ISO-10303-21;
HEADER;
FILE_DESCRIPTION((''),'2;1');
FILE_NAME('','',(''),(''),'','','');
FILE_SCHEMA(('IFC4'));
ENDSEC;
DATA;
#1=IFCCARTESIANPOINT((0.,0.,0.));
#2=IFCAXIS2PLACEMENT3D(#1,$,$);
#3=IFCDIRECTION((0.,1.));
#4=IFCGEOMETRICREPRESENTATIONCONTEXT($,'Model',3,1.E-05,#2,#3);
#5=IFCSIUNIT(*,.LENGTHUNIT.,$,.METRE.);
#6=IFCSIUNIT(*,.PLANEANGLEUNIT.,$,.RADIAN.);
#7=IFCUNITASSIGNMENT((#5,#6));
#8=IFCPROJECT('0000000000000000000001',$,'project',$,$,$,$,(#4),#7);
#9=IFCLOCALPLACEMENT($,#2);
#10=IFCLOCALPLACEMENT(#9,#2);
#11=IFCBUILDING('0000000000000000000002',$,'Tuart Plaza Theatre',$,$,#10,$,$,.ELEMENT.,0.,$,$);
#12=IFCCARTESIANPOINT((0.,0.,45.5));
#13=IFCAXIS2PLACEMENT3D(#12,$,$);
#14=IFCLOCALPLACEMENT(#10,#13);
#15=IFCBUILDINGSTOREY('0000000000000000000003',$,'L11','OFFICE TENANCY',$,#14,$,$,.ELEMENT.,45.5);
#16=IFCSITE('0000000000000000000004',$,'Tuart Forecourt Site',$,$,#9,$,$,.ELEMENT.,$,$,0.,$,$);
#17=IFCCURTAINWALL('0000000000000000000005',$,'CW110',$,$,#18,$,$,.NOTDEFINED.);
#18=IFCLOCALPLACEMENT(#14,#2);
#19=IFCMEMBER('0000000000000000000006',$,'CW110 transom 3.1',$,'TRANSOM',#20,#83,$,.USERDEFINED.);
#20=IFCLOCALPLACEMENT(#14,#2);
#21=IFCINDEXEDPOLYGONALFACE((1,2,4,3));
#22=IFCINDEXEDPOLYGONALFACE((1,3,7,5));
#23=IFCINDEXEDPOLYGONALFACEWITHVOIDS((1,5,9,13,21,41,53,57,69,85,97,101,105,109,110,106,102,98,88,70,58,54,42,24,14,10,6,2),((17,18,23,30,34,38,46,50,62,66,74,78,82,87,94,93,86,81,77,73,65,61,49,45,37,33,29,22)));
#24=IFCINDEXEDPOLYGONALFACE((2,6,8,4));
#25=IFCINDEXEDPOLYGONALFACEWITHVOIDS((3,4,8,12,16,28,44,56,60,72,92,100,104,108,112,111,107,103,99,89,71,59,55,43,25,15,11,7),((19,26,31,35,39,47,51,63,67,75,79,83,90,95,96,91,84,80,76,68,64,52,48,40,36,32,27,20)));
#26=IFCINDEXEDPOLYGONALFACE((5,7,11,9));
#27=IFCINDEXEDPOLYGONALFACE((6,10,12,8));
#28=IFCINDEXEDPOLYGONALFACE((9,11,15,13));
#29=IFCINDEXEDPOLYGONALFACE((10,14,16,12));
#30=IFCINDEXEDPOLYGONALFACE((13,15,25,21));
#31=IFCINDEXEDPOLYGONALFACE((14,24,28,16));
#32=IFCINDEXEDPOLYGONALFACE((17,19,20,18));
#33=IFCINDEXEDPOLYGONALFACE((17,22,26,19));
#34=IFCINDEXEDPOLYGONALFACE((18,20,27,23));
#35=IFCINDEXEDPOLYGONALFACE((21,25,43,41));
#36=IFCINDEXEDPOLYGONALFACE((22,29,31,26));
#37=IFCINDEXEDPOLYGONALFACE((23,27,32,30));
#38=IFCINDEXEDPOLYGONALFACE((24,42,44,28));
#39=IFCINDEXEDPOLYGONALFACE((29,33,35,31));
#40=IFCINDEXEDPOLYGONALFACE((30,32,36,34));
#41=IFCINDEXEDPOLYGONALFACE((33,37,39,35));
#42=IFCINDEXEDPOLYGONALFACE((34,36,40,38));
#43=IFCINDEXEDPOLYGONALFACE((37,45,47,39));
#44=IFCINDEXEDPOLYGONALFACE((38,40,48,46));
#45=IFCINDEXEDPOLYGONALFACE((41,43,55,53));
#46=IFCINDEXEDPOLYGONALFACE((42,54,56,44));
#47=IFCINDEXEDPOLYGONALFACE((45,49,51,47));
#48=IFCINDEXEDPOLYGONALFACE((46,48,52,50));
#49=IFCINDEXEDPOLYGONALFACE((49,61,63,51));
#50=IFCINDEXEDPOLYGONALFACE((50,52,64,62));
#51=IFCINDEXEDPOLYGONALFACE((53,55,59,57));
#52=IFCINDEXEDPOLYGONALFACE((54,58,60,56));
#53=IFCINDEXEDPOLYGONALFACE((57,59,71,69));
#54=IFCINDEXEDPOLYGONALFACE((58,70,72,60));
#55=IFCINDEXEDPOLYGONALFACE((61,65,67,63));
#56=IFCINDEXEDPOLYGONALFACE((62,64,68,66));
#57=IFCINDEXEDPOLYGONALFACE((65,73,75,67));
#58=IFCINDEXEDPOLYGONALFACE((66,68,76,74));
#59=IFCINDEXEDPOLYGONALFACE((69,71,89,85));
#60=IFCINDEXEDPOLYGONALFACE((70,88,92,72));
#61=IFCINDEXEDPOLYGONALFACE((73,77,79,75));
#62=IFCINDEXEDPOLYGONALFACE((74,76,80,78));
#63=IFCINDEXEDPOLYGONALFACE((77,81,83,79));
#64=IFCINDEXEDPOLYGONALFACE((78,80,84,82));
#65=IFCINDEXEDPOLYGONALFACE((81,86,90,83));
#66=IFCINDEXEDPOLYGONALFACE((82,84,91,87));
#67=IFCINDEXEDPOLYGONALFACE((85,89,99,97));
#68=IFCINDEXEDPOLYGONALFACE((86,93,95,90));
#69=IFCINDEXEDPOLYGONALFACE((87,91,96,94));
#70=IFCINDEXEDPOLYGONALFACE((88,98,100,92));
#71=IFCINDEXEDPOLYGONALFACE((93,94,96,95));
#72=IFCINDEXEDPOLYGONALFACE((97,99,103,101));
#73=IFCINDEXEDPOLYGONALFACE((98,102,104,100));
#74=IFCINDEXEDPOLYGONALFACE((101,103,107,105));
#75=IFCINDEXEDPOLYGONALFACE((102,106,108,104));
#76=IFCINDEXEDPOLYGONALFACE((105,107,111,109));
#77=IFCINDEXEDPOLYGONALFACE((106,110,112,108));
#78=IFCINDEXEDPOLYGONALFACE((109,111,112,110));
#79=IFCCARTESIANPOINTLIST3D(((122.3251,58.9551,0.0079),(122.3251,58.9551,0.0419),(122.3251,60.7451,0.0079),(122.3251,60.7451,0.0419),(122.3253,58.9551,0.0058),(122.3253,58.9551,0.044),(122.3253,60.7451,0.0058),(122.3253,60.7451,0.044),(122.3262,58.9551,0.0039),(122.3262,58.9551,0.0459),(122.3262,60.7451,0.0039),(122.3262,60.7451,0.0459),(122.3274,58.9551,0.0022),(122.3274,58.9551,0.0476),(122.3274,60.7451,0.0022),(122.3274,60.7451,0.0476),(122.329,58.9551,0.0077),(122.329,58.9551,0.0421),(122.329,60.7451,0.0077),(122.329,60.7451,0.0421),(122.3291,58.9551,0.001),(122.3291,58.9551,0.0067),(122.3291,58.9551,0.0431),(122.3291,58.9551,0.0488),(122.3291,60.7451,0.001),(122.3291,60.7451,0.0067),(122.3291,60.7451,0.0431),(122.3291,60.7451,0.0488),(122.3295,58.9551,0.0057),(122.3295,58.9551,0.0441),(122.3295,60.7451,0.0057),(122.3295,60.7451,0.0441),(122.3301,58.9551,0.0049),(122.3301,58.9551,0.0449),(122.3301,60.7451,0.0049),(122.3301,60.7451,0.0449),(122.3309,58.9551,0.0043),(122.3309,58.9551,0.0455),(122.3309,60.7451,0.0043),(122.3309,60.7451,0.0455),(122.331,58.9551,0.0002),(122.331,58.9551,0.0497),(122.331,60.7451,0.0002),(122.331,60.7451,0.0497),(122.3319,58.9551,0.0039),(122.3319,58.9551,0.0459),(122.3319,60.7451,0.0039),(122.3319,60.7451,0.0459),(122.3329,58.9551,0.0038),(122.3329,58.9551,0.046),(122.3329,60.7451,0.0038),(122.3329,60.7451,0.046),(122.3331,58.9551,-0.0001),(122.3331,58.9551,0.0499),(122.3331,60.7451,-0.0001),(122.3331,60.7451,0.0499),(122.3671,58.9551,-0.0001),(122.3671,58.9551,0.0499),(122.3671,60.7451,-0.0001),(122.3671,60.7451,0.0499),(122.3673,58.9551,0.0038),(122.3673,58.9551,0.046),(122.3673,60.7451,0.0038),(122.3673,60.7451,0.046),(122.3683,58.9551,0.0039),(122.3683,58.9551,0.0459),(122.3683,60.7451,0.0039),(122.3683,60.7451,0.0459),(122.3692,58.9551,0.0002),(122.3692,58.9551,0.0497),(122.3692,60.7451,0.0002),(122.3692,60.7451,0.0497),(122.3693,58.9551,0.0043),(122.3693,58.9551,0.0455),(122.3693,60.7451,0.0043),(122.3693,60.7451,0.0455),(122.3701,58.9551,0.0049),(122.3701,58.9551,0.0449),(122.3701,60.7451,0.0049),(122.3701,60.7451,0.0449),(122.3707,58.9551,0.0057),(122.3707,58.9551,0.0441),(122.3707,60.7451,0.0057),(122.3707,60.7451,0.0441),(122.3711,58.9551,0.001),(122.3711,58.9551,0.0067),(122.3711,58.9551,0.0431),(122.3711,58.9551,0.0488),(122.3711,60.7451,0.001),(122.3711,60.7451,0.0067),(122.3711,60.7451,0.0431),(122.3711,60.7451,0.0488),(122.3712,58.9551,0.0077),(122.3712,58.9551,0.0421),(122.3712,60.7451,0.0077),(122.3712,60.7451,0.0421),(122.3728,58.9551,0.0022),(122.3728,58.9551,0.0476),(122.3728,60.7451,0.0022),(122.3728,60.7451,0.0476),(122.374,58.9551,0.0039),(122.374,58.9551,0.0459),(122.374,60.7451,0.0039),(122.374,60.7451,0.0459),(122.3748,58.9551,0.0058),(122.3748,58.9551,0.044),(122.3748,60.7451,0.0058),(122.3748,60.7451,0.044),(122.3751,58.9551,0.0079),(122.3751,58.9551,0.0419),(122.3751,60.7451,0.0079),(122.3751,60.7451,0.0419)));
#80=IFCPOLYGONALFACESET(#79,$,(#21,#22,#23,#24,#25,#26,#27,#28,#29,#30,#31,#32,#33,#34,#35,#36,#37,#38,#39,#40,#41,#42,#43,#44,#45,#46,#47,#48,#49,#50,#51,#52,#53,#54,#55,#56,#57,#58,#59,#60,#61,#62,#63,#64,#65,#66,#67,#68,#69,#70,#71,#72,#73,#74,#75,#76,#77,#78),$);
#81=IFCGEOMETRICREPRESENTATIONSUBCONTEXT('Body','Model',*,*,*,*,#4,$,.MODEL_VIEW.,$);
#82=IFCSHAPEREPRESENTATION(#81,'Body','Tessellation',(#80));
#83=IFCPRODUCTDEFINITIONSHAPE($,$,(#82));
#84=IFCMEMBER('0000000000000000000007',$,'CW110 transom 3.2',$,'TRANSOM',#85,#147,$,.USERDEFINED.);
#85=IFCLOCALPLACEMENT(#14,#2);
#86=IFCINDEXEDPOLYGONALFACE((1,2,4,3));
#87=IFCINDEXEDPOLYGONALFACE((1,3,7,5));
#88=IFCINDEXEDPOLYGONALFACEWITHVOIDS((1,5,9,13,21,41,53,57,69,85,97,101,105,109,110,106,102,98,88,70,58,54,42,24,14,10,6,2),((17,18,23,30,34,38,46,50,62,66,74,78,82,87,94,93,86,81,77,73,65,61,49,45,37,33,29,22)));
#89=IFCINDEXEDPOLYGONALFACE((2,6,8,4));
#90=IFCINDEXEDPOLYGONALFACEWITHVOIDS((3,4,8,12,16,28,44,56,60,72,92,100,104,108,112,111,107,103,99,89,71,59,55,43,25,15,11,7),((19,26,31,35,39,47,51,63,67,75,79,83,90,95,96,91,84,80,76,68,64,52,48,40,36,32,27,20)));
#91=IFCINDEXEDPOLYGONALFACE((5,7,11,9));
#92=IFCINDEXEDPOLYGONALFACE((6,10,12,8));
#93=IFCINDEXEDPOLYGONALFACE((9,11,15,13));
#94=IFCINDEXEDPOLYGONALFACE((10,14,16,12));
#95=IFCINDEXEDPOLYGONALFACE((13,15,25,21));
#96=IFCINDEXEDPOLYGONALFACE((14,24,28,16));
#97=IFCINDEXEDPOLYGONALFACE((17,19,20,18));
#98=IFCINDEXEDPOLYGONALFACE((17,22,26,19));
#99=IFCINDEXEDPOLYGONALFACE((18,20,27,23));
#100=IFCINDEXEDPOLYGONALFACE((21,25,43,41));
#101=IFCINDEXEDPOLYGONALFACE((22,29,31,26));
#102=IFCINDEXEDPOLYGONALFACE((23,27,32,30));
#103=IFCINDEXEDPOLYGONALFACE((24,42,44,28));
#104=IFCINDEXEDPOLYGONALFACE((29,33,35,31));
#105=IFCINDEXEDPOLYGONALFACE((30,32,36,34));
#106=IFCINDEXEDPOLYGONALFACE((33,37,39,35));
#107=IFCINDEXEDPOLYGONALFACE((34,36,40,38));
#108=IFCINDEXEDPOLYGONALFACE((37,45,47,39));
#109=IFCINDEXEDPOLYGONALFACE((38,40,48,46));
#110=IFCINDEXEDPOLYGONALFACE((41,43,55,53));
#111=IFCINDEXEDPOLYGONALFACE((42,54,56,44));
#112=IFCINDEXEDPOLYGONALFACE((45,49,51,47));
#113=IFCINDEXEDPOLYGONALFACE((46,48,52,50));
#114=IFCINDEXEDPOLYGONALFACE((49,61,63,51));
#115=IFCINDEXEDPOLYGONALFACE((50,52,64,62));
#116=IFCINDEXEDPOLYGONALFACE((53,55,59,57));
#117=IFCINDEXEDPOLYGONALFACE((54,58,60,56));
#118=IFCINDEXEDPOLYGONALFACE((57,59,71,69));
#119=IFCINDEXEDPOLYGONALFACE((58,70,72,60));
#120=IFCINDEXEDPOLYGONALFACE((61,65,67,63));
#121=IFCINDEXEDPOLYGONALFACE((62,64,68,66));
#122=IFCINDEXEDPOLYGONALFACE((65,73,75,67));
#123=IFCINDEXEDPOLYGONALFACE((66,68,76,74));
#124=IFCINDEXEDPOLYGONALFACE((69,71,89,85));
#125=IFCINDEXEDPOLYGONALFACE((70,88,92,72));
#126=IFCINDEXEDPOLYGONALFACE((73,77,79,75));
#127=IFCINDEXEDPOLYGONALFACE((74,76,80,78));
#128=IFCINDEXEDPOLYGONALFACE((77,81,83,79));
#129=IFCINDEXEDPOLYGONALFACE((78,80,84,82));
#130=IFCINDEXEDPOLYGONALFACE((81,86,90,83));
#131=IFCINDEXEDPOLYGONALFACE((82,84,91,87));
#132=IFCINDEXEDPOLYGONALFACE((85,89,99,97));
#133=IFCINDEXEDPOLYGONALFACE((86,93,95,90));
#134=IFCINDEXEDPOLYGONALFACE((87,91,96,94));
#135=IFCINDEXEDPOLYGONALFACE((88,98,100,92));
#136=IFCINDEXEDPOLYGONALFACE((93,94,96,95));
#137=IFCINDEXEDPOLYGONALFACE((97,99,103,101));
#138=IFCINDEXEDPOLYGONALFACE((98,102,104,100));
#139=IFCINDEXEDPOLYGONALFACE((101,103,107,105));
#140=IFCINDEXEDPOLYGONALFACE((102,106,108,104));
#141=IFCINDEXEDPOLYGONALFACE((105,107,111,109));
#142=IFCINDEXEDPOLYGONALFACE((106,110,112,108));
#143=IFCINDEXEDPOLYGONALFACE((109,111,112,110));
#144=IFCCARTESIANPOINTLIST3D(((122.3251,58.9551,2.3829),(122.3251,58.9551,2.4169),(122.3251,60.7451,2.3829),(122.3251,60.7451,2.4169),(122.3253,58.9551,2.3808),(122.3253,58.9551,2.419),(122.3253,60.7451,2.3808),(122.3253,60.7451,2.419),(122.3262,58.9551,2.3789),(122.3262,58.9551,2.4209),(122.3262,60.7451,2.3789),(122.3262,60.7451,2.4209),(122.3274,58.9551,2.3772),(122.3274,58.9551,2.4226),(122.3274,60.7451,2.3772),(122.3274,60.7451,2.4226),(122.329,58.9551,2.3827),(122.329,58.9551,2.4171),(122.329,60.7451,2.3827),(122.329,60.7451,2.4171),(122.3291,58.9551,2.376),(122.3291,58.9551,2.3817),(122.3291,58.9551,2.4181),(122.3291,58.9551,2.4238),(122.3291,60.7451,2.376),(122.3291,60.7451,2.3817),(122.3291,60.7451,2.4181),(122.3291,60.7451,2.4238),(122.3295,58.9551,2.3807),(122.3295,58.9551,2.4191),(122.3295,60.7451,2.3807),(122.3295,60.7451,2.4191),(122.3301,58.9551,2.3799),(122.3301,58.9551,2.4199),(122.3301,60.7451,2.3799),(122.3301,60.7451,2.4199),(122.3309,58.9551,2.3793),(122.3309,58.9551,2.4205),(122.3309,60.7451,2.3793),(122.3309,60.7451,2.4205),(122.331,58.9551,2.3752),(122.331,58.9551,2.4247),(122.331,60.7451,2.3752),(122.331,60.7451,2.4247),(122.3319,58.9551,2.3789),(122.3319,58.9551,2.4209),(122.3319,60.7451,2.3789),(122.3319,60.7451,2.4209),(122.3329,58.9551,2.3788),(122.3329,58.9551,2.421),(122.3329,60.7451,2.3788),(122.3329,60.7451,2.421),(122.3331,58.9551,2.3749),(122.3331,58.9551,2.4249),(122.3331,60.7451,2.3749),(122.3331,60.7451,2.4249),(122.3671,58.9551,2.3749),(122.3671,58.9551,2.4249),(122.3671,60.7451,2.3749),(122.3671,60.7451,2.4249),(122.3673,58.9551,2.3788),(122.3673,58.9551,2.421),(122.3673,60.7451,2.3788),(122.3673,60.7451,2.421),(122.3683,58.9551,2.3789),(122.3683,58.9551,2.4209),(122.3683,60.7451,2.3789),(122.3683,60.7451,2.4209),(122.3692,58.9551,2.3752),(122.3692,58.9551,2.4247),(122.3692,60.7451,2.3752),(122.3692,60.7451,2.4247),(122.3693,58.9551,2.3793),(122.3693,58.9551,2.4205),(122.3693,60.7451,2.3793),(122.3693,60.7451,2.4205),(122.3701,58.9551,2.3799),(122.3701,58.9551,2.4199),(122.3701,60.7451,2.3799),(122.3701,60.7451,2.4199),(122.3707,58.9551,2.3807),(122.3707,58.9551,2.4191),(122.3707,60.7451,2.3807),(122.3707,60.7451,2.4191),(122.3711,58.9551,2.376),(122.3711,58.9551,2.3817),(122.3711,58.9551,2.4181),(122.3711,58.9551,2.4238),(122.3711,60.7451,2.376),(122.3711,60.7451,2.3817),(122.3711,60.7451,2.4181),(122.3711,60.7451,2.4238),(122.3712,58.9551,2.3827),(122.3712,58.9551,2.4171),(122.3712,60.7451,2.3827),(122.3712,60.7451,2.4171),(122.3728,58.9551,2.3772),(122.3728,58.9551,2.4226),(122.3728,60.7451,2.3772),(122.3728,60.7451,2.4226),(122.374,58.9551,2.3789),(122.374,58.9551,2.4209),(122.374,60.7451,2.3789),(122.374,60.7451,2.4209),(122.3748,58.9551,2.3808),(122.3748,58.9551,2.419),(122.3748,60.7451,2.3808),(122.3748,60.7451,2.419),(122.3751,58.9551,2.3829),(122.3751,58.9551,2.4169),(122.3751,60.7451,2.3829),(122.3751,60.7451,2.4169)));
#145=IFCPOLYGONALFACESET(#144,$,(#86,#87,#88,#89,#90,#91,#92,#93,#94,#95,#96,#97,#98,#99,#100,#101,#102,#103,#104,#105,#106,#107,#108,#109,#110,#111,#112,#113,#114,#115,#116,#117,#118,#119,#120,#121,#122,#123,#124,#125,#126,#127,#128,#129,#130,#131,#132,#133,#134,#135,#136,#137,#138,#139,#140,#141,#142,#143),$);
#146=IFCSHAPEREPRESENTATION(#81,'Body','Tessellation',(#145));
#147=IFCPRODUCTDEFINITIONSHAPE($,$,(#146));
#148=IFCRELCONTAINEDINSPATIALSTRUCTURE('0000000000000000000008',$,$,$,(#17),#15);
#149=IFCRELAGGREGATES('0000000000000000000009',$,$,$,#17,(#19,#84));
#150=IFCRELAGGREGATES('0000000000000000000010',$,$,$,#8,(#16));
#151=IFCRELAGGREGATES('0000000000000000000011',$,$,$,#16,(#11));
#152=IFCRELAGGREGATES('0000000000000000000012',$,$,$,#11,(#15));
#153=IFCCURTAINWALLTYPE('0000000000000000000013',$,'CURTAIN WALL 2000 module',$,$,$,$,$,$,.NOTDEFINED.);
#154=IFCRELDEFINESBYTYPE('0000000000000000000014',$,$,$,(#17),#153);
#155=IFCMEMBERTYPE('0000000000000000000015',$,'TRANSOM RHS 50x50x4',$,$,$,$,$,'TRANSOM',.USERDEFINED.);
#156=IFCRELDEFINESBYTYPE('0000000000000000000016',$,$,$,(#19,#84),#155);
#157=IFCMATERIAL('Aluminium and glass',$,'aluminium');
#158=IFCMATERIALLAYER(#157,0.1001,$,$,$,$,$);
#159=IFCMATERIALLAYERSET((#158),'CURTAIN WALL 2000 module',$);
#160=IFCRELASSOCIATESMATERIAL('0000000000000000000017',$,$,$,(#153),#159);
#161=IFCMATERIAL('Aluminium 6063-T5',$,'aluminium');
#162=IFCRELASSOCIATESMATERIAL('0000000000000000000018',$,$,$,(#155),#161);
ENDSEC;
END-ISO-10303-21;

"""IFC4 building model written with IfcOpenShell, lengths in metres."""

from ifc_helpers import new_model, si_unit, direction, frame, origin, origin_2d, place, context, subcontext, project, spatial, hollow_rectangle, extrude, material, layer, layer_set, material_profile, profile_set, type_object, element, aggregate, save


model = new_model("IFC4")

# Units and contexts
model_context = context("Model", 3, precision=1e-05, world=origin(), true_north=direction((0.0, 1.0)))
body_context = subcontext(model_context, "Body", "Model", "MODEL_VIEW")
ifc_project = project(units=[si_unit("LENGTHUNIT", "METRE"), si_unit("PLANEANGLEUNIT", "RADIAN")], contexts=[model_context])

# Site, building, storey
site_placement = place(None, origin())
site = spatial("IfcSite", under=ifc_project, at=site_placement, Name="Tuart Forecourt Site", CompositionType="ELEMENT", RefElevation=0.0)
building_placement = place(site_placement, origin())
building = spatial("IfcBuilding", under=site, at=building_placement, Name="Tuart Plaza Theatre", CompositionType="ELEMENT", ElevationOfRefHeight=0.0)
storey_placement = place(building_placement, frame((0.0, 0.0, 45.5)))
storey = spatial("IfcBuildingStorey", under=building, at=storey_placement, Name="L11", Description="OFFICE TENANCY", CompositionType="ELEMENT", Elevation=45.5)

# Curtain wall, members
ifc_material_1 = material(Name="Aluminium and glass", Category="aluminium")
ifc_layer_1 = layer(ifc_material_1, 0.1001)
ifc_layer_set_1 = layer_set([ifc_layer_1], Name="CURTAIN WALL 2000 module")
curtain_wall_type = type_object("IfcCurtainWallType", Name="CURTAIN WALL 2000 module", PredefinedType="NOTDEFINED", material=ifc_layer_set_1)
curtain_wall_placement = place(storey_placement, origin())
curtain_wall = element("IfcCurtainWall", 1, at=curtain_wall_placement, inside=storey, type_object=curtain_wall_type, Name="CW110", PredefinedType="NOTDEFINED")
ifc_material_2 = material(Name="Aluminium 6063-T5", Category="aluminium")
ifc_material_profile_1 = material_profile(ifc_material_2, hollow_rectangle(XDim=0.05, YDim=0.05, WallThickness=0.0039, InnerFilletRadius=0.0039, OuterFilletRadius=0.0081, at=origin_2d()), Name="RHS 50x50x4")
ifc_profile_set_1 = profile_set([ifc_material_profile_1], Name="Aluminium 6063-T5")
member_type_1 = type_object("IfcMemberType", Name="TRANSOM RHS 50x50x4", ElementType="TRANSOM", PredefinedType="USERDEFINED", material=ifc_profile_set_1)
member_1_placement = place(storey_placement, frame((122.3501, 60.7451, 0.0249), z_axis=(0.0, -1.0, 0.0), x_axis=(1.0, 0.0, 0.0)))
member_1 = element("IfcMember", 2, at=member_1_placement, type_object=member_type_1, Name="CW110 transom 3.1", ObjectType="TRANSOM", PredefinedType="USERDEFINED", context=body_context, shape_type="SweptSolid", body=[
    extrude(hollow_rectangle(XDim=0.05, YDim=0.05, WallThickness=0.0039, InnerFilletRadius=0.0039, OuterFilletRadius=0.0081, at=origin_2d()), origin(), (0.0, 0.0, 1.0), 1.79),
])
member_2_placement = place(storey_placement, frame((122.3501, 60.7451, 2.3999), z_axis=(0.0, -1.0, 0.0), x_axis=(1.0, 0.0, 0.0)))
member_2 = element("IfcMember", 3, at=member_2_placement, type_object=member_type_1, Name="CW110 transom 3.2", ObjectType="TRANSOM", PredefinedType="USERDEFINED", context=body_context, shape_type="SweptSolid", body=[
    extrude(hollow_rectangle(XDim=0.05, YDim=0.05, WallThickness=0.0039, InnerFilletRadius=0.0039, OuterFilletRadius=0.0081, at=origin_2d()), origin(), (0.0, 0.0, 1.0), 1.79),
])
aggregate(curtain_wall, [member_1, member_2])

save(model, "model.ifc")
